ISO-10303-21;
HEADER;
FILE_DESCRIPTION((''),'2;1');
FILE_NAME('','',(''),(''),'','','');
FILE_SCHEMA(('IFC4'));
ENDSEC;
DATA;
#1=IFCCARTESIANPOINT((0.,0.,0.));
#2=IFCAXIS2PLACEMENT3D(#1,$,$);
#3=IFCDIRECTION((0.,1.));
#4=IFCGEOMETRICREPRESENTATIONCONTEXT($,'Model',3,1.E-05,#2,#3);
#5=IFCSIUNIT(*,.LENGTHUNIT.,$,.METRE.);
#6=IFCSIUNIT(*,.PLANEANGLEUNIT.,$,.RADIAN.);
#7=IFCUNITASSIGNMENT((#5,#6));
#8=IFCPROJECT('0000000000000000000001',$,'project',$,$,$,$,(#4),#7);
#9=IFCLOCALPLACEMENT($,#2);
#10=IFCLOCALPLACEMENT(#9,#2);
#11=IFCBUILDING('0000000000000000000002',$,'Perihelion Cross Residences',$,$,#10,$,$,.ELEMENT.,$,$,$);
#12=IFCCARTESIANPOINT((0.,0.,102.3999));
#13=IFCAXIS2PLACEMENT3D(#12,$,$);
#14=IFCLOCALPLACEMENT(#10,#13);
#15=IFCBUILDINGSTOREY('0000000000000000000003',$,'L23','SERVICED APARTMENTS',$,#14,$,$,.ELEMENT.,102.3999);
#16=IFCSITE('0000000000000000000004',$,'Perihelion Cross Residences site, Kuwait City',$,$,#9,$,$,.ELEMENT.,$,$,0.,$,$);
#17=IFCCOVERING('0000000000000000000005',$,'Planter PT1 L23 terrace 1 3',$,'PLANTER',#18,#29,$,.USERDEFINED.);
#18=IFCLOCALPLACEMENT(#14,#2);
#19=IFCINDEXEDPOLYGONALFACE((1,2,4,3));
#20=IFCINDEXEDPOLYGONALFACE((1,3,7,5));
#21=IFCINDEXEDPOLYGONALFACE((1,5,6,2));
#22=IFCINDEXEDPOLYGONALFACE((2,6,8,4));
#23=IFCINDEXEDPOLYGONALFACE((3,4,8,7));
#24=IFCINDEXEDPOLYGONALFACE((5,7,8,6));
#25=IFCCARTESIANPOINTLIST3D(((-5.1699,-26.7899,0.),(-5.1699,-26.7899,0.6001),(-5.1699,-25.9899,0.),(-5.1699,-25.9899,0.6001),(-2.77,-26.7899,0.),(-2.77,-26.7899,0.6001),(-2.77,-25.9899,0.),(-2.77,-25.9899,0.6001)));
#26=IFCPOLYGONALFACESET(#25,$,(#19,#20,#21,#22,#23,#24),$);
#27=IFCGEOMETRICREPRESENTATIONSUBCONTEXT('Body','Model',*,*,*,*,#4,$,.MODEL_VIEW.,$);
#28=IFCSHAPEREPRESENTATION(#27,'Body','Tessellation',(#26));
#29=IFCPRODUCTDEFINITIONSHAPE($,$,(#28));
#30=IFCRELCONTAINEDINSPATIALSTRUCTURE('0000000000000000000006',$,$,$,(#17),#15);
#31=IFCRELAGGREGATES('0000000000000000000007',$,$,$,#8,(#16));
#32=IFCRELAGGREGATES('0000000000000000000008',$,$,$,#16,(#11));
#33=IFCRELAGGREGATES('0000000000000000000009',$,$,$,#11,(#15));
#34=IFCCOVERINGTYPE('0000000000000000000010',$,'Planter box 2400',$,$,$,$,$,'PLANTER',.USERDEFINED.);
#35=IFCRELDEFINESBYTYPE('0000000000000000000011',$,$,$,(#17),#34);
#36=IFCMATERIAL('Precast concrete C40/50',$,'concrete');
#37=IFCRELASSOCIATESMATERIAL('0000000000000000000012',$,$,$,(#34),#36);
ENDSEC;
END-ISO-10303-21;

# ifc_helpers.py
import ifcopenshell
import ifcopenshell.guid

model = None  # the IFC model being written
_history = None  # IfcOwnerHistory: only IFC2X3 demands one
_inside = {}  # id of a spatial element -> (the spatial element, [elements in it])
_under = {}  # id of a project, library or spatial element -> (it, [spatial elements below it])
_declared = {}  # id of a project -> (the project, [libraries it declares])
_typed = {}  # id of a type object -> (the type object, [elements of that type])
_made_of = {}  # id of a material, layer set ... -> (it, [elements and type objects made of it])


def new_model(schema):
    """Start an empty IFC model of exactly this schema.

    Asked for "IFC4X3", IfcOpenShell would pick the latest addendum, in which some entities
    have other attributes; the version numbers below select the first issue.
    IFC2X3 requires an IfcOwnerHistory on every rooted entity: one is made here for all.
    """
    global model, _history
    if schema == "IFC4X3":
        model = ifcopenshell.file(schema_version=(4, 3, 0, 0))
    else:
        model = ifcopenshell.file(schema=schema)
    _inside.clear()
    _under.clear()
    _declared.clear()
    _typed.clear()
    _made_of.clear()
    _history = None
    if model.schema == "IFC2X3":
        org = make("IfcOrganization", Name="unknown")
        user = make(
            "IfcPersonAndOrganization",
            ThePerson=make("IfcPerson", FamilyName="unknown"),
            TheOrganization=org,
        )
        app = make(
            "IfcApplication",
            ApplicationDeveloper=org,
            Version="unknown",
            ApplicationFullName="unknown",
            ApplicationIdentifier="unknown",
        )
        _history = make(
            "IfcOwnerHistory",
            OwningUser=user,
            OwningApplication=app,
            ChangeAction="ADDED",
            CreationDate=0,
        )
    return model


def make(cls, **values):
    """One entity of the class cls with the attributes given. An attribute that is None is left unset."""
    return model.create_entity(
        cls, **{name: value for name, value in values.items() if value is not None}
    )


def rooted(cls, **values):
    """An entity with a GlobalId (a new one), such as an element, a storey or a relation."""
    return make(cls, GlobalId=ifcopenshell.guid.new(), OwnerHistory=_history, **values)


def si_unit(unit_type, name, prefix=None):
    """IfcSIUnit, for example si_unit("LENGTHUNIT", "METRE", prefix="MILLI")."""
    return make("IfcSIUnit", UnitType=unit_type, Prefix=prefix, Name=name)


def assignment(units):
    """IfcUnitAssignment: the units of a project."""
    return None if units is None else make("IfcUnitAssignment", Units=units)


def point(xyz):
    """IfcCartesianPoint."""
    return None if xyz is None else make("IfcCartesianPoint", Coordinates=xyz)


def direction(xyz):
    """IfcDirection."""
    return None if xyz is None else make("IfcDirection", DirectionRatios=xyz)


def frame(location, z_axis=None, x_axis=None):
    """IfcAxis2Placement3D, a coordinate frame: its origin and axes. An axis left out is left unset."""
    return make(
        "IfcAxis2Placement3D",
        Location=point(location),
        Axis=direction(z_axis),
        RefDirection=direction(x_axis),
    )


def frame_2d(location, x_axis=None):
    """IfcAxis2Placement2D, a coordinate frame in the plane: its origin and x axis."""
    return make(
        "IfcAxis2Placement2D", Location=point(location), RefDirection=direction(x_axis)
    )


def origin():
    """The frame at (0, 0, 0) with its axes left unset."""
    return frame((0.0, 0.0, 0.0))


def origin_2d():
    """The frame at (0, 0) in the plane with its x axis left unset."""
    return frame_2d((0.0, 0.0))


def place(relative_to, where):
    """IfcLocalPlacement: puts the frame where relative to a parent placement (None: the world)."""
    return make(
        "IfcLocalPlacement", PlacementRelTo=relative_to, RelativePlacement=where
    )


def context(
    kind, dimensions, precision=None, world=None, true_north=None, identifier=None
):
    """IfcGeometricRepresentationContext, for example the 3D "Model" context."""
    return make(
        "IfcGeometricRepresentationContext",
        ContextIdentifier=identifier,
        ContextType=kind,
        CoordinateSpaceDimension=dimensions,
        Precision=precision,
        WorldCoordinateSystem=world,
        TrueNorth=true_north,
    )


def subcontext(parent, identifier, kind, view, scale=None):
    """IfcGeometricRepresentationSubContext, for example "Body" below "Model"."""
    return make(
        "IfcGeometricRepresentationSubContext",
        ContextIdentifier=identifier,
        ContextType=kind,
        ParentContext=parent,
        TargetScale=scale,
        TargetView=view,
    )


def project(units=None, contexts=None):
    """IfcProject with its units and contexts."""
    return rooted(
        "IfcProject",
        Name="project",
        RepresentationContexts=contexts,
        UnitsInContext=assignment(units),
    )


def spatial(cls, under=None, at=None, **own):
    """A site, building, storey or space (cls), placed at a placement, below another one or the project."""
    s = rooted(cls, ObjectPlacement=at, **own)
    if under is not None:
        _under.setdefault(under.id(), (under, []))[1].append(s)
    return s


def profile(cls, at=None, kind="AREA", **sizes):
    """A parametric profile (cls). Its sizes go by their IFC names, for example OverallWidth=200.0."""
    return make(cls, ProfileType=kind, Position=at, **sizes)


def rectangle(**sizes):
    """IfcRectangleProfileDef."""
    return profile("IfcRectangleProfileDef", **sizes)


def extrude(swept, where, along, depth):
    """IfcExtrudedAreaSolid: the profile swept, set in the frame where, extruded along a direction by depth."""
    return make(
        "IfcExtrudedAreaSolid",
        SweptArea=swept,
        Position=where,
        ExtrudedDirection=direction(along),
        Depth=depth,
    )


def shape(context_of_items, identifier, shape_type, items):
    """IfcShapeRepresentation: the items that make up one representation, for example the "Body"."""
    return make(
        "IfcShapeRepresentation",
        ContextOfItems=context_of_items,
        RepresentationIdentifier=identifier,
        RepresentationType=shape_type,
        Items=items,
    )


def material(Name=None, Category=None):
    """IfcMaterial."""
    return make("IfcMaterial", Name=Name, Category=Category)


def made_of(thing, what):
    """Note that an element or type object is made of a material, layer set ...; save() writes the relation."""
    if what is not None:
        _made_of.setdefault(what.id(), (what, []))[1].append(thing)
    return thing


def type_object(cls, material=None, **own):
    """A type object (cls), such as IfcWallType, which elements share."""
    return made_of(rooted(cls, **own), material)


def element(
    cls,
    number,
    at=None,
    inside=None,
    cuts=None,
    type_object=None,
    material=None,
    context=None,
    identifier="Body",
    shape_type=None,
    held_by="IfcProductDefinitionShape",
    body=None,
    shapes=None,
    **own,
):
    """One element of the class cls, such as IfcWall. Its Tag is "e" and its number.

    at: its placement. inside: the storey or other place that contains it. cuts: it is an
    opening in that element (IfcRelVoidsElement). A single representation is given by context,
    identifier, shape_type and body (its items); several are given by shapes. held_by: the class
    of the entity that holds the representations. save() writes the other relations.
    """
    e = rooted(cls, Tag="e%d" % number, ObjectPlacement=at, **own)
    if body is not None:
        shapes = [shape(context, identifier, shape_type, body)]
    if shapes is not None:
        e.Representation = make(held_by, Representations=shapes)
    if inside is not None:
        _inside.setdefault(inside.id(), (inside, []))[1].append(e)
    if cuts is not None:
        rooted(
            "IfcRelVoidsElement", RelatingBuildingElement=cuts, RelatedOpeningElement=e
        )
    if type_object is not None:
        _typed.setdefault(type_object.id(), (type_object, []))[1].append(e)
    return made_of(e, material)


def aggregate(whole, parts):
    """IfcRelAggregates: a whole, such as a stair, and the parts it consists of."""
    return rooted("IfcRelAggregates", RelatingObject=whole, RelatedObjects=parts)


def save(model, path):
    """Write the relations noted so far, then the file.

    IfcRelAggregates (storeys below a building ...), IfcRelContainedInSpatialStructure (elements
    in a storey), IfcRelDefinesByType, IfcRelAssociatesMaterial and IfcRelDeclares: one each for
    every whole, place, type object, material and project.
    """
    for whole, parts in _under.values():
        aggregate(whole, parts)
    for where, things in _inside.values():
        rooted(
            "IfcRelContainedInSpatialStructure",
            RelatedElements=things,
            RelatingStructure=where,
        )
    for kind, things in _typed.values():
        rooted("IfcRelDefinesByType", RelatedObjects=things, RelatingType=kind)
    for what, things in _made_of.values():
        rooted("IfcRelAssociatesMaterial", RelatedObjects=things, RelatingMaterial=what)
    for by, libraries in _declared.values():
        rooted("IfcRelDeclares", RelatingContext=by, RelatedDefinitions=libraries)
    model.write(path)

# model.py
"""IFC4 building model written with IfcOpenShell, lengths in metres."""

from ifc_helpers import new_model, si_unit, direction, frame, origin, origin_2d, place, context, subcontext, project, spatial, rectangle, extrude, material, type_object, element, save


model = new_model("IFC4")

# Units and contexts
model_context = context("Model", 3, precision=1e-05, world=origin(), true_north=direction((0.0, 1.0)))
body_context = subcontext(model_context, "Body", "Model", "MODEL_VIEW")
ifc_project = project(units=[si_unit("LENGTHUNIT", "METRE"), si_unit("PLANEANGLEUNIT", "RADIAN")], contexts=[model_context])

# Site, building, storey
site_placement = place(None, origin())
site = spatial("IfcSite", under=ifc_project, at=site_placement, Name="Perihelion Cross Residences site, Kuwait City", CompositionType="ELEMENT", RefElevation=0.0)
building_placement = place(site_placement, origin())
building = spatial("IfcBuilding", under=site, at=building_placement, Name="Perihelion Cross Residences", CompositionType="ELEMENT")
storey_placement = place(building_placement, frame((0.0, 0.0, 102.3999)))
storey = spatial("IfcBuildingStorey", under=building, at=storey_placement, Name="L23", Description="SERVICED APARTMENTS", CompositionType="ELEMENT", Elevation=102.3999)

# Covering
ifc_material_1 = material(Name="Precast concrete C40/50", Category="concrete")
covering_type = type_object("IfcCoveringType", Name="Planter box 2400", ElementType="PLANTER", PredefinedType="USERDEFINED", material=ifc_material_1)
for number, where, z_axis, x_axis, name in (
    (1, (-3.97, -26.3899, 0.0), (0.0, 0.0, 1.0), (-1.0, 0.0, 0.0), "Planter PT1 L23 terrace 1 3"),
):
    element("IfcCovering", number, at=place(storey_placement, frame(where, z_axis=z_axis, x_axis=x_axis)), inside=storey, type_object=covering_type, Name=name, ObjectType="PLANTER", PredefinedType="USERDEFINED", context=body_context, shape_type="SweptSolid", body=[
        extrude(rectangle(XDim=2.3999, YDim=0.8, at=origin_2d()), origin(), (0.0, 0.0, 1.0), 0.6001),
    ])

save(model, "model.ifc")
